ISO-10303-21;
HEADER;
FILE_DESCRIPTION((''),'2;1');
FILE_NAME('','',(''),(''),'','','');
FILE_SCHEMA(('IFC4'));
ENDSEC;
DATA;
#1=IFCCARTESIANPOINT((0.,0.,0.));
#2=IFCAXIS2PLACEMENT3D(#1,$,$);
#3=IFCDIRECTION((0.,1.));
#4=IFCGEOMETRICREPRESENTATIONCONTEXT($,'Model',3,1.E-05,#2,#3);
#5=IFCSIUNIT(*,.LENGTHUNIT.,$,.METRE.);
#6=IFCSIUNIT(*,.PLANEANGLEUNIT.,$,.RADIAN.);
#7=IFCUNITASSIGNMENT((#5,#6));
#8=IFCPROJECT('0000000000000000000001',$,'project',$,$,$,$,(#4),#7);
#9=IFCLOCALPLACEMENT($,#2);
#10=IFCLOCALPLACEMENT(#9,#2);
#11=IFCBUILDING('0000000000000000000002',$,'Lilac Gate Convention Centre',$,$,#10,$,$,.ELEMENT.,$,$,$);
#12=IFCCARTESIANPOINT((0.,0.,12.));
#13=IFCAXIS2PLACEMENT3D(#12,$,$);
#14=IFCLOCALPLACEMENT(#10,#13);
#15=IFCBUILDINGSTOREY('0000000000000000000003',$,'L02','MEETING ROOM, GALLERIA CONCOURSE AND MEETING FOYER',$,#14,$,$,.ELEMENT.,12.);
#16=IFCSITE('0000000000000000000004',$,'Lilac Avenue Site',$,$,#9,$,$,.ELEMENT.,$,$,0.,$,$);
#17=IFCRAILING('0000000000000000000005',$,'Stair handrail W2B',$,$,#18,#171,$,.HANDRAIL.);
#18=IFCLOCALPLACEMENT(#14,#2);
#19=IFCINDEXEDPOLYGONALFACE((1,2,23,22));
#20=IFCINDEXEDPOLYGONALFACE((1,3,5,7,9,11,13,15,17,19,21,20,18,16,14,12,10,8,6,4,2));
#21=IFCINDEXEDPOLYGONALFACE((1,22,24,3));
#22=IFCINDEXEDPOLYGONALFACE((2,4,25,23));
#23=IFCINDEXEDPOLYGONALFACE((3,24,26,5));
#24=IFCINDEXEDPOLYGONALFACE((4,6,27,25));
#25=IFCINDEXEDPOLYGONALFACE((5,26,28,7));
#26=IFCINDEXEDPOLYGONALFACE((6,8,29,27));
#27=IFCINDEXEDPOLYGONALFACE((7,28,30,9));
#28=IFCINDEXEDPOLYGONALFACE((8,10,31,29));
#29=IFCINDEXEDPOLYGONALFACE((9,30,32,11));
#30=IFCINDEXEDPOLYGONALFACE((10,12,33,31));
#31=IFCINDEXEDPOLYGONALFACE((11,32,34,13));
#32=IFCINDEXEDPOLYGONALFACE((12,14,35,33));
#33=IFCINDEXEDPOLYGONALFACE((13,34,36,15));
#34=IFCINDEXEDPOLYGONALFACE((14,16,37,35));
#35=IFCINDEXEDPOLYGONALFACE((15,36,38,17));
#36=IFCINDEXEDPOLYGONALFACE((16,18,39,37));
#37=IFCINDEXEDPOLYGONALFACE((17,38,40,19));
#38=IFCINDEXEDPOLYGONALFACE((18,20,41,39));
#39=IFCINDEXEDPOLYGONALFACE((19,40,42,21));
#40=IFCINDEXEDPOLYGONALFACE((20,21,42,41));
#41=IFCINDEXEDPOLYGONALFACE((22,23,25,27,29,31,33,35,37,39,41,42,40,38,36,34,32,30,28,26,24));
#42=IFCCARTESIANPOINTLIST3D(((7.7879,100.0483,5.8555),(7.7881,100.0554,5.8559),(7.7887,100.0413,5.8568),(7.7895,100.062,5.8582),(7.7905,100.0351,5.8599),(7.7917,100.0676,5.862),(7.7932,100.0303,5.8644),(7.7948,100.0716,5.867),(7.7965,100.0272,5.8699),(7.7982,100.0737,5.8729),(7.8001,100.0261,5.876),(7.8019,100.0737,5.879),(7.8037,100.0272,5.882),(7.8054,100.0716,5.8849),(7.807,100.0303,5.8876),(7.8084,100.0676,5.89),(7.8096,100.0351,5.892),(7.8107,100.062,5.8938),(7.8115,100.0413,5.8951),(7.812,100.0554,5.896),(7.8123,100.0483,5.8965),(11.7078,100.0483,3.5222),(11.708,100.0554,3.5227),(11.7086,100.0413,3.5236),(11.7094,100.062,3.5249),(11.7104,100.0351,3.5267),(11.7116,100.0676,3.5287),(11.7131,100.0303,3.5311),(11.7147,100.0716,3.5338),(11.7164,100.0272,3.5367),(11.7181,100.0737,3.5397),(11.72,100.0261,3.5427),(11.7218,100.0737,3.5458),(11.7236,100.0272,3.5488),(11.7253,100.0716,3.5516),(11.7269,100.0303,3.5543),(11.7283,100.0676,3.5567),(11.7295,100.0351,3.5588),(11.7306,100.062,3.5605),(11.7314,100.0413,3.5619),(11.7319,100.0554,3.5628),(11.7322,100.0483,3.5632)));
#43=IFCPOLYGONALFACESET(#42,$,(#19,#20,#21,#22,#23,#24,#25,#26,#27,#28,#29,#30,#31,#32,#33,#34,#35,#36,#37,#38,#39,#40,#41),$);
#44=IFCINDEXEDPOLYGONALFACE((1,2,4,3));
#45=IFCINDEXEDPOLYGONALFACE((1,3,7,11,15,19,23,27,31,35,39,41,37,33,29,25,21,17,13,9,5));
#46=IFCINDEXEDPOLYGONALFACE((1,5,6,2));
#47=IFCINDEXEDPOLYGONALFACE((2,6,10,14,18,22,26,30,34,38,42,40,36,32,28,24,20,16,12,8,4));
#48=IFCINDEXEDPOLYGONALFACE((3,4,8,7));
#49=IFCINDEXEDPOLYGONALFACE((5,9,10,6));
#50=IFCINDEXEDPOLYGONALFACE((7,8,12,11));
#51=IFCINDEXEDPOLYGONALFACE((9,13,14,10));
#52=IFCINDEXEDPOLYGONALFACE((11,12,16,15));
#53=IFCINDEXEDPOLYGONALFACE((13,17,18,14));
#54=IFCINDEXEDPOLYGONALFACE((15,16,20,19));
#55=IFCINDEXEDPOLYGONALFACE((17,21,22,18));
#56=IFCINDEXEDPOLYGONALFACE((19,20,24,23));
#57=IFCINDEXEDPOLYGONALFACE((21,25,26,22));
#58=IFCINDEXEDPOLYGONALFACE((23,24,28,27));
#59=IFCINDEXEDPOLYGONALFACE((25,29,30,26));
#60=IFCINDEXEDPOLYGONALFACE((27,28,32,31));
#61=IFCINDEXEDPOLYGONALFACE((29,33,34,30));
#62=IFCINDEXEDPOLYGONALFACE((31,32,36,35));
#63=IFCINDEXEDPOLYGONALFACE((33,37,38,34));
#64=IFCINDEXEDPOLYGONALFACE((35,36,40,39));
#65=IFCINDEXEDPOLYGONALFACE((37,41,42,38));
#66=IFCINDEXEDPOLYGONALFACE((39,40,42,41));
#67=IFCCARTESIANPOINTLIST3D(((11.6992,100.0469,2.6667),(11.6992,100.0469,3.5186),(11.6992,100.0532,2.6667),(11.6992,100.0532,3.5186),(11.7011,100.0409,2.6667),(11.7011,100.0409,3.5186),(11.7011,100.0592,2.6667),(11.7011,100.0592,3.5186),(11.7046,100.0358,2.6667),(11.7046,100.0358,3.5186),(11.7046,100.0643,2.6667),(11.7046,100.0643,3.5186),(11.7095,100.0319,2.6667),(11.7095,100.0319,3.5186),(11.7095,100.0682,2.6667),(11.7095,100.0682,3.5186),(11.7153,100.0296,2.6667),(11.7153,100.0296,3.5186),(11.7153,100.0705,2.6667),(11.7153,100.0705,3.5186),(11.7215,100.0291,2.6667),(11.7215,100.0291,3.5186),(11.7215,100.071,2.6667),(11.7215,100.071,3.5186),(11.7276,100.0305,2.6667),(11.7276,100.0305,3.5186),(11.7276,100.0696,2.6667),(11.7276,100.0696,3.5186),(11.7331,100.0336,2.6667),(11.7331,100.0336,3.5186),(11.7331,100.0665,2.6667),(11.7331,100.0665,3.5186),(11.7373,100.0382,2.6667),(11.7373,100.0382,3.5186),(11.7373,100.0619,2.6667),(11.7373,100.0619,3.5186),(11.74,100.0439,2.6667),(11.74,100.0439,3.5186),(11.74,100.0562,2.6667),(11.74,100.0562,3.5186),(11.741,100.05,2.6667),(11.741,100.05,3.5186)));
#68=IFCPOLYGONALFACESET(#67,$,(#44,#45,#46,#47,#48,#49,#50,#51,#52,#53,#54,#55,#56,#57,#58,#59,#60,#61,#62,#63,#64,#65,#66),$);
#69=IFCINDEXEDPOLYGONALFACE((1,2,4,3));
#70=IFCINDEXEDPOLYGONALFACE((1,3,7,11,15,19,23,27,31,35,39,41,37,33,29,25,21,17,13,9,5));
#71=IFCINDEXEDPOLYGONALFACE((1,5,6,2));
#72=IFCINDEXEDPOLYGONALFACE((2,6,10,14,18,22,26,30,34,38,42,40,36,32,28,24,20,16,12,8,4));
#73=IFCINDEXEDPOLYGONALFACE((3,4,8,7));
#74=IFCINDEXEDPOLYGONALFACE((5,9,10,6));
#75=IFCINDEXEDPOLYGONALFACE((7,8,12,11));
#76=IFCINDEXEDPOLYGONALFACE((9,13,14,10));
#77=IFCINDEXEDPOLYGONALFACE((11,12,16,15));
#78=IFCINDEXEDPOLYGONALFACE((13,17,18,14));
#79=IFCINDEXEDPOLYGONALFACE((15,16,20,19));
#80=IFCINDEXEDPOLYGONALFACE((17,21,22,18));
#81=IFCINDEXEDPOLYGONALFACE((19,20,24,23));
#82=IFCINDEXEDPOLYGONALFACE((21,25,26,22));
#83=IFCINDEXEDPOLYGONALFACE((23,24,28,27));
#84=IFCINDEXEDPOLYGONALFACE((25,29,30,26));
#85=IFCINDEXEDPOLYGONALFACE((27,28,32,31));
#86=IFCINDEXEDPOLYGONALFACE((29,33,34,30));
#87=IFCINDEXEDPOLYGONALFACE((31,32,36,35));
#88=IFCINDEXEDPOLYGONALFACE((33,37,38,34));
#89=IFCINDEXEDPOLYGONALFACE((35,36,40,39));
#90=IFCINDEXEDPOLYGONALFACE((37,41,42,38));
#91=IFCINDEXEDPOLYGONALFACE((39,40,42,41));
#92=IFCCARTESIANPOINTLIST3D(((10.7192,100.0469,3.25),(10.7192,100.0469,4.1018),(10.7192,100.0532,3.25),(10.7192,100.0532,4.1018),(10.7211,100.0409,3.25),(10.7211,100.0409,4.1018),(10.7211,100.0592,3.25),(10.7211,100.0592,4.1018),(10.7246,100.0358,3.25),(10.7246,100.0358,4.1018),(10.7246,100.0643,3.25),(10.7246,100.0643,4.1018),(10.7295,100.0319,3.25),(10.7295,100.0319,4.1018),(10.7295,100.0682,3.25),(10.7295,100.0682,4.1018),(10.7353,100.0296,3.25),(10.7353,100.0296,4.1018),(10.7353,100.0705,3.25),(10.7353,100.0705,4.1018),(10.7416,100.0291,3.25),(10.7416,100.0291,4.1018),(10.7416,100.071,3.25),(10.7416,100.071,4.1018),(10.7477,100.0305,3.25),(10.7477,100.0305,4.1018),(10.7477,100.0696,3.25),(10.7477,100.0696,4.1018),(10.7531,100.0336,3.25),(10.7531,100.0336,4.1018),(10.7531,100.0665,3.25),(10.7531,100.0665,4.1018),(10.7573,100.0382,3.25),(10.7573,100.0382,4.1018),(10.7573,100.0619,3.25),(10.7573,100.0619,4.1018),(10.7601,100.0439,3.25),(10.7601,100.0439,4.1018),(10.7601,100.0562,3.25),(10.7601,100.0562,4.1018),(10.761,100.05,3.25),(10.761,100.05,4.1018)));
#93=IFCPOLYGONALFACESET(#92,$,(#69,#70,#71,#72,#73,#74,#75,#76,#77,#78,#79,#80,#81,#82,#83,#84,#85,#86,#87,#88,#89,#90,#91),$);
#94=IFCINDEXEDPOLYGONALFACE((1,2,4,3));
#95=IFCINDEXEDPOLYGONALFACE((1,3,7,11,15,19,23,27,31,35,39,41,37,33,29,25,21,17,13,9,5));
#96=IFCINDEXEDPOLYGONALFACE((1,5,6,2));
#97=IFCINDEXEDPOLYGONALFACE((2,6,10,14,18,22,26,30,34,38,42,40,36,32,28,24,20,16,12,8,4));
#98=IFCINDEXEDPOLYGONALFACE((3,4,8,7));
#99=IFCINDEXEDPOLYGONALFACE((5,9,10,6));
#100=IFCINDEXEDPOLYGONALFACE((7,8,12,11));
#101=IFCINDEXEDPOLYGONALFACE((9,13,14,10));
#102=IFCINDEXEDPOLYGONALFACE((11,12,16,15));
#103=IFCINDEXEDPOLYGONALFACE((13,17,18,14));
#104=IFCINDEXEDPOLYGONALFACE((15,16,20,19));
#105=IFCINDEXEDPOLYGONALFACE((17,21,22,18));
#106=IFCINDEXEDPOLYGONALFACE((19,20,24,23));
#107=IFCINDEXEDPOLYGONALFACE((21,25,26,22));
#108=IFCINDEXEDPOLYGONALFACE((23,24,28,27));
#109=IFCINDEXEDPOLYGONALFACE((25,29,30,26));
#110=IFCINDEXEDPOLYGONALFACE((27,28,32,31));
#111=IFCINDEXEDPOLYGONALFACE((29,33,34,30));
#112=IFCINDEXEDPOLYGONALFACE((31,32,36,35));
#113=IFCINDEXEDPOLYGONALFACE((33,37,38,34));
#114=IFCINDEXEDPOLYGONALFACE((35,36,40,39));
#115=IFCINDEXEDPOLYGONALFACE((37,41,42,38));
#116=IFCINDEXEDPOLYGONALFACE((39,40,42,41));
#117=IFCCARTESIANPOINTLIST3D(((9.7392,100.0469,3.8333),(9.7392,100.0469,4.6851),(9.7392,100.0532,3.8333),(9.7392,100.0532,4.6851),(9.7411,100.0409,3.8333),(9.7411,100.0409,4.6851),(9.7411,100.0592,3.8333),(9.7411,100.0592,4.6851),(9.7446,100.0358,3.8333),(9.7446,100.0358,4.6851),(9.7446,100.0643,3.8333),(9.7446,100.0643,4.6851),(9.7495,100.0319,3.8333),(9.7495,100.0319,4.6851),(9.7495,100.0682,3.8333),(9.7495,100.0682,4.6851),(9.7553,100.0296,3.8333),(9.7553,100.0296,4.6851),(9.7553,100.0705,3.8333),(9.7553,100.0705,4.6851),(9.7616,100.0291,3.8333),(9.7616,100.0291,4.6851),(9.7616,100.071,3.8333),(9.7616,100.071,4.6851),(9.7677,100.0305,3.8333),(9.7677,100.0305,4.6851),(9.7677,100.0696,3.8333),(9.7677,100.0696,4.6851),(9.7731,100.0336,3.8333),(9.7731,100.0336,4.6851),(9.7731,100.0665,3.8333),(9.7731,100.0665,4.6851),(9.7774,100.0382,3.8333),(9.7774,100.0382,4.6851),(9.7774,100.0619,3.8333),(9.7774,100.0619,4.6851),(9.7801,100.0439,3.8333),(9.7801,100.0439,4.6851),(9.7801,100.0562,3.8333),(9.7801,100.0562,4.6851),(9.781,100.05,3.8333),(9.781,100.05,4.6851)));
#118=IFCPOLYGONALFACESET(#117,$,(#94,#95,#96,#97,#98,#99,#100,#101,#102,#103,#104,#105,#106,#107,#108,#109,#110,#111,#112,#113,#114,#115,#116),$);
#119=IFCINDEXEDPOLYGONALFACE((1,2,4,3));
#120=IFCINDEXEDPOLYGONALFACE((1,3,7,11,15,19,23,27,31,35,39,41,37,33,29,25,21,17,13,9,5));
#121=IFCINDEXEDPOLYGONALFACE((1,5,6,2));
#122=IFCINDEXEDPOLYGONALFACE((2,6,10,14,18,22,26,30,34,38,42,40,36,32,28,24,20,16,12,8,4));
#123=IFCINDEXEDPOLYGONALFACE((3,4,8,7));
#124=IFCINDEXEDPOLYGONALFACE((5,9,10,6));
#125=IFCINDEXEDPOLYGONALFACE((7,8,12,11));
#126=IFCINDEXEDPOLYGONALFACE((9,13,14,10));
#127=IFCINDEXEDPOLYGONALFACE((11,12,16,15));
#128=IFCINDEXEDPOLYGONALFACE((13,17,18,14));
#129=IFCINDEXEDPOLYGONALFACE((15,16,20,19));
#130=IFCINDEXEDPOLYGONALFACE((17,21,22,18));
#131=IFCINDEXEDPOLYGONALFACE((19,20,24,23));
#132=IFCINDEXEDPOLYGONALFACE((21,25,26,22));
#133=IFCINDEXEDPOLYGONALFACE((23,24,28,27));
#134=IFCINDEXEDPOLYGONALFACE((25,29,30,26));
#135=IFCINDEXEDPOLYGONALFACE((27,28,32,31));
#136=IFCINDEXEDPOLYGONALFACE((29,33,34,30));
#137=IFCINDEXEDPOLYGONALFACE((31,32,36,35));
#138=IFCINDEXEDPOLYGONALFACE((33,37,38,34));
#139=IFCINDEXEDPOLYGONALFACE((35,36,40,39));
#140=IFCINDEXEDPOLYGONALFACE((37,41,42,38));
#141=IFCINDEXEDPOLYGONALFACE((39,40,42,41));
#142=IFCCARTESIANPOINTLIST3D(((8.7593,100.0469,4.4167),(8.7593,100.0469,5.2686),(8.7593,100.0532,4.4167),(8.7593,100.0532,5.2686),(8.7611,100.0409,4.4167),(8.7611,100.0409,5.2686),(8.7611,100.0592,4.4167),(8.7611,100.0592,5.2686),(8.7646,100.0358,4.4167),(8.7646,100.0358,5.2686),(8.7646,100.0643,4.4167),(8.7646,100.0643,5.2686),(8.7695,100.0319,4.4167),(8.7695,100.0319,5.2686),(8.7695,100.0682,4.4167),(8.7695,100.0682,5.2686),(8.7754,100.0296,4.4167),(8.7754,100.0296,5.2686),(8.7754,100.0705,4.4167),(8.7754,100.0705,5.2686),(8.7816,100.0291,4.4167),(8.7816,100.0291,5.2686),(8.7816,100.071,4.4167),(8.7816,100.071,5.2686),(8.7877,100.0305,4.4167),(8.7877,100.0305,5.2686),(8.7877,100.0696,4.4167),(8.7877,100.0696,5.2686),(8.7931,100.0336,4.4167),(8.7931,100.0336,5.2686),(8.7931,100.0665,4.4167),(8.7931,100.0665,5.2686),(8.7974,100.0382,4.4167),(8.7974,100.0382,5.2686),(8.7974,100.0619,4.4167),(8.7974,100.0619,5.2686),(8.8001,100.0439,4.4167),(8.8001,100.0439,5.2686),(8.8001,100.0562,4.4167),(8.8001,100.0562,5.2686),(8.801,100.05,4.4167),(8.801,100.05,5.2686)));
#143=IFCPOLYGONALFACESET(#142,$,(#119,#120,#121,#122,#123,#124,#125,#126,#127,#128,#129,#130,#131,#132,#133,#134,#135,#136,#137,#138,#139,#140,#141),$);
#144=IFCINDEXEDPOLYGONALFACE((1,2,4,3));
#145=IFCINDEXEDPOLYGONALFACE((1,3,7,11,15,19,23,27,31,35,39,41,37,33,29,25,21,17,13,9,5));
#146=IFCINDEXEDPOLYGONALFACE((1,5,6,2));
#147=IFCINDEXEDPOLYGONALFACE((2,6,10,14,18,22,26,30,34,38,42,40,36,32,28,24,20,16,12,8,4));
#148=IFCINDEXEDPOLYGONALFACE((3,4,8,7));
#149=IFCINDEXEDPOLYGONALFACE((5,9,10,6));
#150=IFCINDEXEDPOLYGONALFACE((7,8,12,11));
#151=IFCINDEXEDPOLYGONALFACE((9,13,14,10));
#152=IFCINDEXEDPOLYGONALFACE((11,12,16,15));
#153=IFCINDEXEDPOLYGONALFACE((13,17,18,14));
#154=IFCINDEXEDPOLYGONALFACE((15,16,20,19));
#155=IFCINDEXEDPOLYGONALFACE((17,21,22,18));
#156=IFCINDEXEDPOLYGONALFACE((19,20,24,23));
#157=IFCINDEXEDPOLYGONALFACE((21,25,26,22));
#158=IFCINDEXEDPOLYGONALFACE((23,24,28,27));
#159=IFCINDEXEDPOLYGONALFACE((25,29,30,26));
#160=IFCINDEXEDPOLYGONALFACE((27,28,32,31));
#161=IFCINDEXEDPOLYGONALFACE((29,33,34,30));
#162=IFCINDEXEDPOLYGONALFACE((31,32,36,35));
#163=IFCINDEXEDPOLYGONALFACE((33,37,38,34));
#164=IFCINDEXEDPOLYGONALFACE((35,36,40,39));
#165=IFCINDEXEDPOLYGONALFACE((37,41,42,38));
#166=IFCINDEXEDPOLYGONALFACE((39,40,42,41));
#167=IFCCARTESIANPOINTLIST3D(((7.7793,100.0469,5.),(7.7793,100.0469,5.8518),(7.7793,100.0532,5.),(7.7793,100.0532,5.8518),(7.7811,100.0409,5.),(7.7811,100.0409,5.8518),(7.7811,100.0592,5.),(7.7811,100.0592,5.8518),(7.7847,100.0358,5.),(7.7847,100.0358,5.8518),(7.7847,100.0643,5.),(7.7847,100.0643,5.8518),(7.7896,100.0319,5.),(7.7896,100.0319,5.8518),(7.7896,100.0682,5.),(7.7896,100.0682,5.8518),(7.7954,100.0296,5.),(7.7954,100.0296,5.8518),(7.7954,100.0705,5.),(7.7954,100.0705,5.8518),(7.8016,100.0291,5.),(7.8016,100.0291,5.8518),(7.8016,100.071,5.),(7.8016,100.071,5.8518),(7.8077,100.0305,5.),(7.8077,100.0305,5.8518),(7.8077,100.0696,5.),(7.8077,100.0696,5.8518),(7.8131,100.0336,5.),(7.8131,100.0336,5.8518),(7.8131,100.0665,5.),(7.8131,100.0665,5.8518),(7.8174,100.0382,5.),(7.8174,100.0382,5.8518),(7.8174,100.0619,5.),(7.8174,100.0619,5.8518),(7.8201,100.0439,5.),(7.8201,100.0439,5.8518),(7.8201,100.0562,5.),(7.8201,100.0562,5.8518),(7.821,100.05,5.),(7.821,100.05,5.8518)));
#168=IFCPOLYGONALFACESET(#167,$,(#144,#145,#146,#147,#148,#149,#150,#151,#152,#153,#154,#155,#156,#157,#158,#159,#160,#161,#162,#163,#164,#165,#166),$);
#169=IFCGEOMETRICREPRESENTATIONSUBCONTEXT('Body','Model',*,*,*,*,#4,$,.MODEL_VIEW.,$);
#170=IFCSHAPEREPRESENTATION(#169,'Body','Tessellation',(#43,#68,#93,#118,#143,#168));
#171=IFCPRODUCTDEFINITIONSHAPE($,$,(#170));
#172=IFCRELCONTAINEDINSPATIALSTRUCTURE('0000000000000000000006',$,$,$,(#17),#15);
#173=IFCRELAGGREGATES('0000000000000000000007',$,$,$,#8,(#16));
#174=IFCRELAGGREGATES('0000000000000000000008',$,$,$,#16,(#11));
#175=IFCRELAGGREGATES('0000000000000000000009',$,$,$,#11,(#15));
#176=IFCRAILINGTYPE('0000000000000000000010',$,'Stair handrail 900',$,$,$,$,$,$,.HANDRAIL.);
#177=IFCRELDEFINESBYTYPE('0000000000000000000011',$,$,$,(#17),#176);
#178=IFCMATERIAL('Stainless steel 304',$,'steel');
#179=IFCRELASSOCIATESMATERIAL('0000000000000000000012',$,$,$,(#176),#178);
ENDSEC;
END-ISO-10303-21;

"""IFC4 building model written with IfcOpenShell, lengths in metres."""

from ifc_helpers import new_model, si_unit, direction, frame, origin, origin_2d, place, context, subcontext, project, spatial, circle, extrude, material, type_object, element, save


model = new_model("IFC4")

# Units and contexts
model_context = context("Model", 3, precision=1e-05, world=origin(), true_north=direction((0.0, 1.0)))
body_context = subcontext(model_context, "Body", "Model", "MODEL_VIEW")
ifc_project = project(units=[si_unit("LENGTHUNIT", "METRE"), si_unit("PLANEANGLEUNIT", "RADIAN")], contexts=[model_context])

# Site, building, storey
site_placement = place(None, origin())
site = spatial("IfcSite", under=ifc_project, at=site_placement, Name="Lilac Avenue Site", CompositionType="ELEMENT", RefElevation=0.0)
building_placement = place(site_placement, origin())
building = spatial("IfcBuilding", under=site, at=building_placement, Name="Lilac Gate Convention Centre", CompositionType="ELEMENT")
storey_placement = place(building_placement, frame((0.0, 0.0, 12.0)))
storey = spatial("IfcBuildingStorey", under=building, at=storey_placement, Name="L02", Description="MEETING ROOM, GALLERIA CONCOURSE AND MEETING FOYER", CompositionType="ELEMENT", Elevation=12.0)

# Railing
ifc_material_1 = material(Name="Stainless steel 304", Category="steel")
railing_type = type_object("IfcRailingType", Name="Stair handrail 900", PredefinedType="HANDRAIL", material=ifc_material_1)
for number, where, name in (
    (1, (11.72, 100.05, 2.6667), "Stair handrail W2B"),
):
    element("IfcRailing", number, at=place(storey_placement, frame(where)), inside=storey, type_object=railing_type, Name=name, PredefinedType="HANDRAIL", context=body_context, shape_type="SweptSolid", body=[
        extrude(circle(Radius=0.0239, at=origin_2d()), frame((0.0, 0.0, 0.876), z_axis=(-0.859296, 0.0, 0.511478), x_axis=(0.0, -1.0, 0.0)), (0.0, 0.0, 1.0), 4.5618),
        extrude(circle(Radius=0.021, at=origin_2d()), origin(), (0.0, 0.0, 1.0), 0.8518),
        extrude(circle(Radius=0.021, at=origin_2d()), frame((-0.98, 0.0, 0.5833)), (0.0, 0.0, 1.0), 0.8518),
        extrude(circle(Radius=0.021, at=origin_2d()), frame((-1.96, 0.0, 1.1665)), (0.0, 0.0, 1.0), 0.8518),
        extrude(circle(Radius=0.021, at=origin_2d()), frame((-2.9399, 0.0, 1.75)), (0.0, 0.0, 1.0), 0.8518),
        extrude(circle(Radius=0.021, at=origin_2d()), frame((-3.9199, 0.0, 2.3333)), (0.0, 0.0, 1.0), 0.8518),
    ])

save(model, "model.ifc")
